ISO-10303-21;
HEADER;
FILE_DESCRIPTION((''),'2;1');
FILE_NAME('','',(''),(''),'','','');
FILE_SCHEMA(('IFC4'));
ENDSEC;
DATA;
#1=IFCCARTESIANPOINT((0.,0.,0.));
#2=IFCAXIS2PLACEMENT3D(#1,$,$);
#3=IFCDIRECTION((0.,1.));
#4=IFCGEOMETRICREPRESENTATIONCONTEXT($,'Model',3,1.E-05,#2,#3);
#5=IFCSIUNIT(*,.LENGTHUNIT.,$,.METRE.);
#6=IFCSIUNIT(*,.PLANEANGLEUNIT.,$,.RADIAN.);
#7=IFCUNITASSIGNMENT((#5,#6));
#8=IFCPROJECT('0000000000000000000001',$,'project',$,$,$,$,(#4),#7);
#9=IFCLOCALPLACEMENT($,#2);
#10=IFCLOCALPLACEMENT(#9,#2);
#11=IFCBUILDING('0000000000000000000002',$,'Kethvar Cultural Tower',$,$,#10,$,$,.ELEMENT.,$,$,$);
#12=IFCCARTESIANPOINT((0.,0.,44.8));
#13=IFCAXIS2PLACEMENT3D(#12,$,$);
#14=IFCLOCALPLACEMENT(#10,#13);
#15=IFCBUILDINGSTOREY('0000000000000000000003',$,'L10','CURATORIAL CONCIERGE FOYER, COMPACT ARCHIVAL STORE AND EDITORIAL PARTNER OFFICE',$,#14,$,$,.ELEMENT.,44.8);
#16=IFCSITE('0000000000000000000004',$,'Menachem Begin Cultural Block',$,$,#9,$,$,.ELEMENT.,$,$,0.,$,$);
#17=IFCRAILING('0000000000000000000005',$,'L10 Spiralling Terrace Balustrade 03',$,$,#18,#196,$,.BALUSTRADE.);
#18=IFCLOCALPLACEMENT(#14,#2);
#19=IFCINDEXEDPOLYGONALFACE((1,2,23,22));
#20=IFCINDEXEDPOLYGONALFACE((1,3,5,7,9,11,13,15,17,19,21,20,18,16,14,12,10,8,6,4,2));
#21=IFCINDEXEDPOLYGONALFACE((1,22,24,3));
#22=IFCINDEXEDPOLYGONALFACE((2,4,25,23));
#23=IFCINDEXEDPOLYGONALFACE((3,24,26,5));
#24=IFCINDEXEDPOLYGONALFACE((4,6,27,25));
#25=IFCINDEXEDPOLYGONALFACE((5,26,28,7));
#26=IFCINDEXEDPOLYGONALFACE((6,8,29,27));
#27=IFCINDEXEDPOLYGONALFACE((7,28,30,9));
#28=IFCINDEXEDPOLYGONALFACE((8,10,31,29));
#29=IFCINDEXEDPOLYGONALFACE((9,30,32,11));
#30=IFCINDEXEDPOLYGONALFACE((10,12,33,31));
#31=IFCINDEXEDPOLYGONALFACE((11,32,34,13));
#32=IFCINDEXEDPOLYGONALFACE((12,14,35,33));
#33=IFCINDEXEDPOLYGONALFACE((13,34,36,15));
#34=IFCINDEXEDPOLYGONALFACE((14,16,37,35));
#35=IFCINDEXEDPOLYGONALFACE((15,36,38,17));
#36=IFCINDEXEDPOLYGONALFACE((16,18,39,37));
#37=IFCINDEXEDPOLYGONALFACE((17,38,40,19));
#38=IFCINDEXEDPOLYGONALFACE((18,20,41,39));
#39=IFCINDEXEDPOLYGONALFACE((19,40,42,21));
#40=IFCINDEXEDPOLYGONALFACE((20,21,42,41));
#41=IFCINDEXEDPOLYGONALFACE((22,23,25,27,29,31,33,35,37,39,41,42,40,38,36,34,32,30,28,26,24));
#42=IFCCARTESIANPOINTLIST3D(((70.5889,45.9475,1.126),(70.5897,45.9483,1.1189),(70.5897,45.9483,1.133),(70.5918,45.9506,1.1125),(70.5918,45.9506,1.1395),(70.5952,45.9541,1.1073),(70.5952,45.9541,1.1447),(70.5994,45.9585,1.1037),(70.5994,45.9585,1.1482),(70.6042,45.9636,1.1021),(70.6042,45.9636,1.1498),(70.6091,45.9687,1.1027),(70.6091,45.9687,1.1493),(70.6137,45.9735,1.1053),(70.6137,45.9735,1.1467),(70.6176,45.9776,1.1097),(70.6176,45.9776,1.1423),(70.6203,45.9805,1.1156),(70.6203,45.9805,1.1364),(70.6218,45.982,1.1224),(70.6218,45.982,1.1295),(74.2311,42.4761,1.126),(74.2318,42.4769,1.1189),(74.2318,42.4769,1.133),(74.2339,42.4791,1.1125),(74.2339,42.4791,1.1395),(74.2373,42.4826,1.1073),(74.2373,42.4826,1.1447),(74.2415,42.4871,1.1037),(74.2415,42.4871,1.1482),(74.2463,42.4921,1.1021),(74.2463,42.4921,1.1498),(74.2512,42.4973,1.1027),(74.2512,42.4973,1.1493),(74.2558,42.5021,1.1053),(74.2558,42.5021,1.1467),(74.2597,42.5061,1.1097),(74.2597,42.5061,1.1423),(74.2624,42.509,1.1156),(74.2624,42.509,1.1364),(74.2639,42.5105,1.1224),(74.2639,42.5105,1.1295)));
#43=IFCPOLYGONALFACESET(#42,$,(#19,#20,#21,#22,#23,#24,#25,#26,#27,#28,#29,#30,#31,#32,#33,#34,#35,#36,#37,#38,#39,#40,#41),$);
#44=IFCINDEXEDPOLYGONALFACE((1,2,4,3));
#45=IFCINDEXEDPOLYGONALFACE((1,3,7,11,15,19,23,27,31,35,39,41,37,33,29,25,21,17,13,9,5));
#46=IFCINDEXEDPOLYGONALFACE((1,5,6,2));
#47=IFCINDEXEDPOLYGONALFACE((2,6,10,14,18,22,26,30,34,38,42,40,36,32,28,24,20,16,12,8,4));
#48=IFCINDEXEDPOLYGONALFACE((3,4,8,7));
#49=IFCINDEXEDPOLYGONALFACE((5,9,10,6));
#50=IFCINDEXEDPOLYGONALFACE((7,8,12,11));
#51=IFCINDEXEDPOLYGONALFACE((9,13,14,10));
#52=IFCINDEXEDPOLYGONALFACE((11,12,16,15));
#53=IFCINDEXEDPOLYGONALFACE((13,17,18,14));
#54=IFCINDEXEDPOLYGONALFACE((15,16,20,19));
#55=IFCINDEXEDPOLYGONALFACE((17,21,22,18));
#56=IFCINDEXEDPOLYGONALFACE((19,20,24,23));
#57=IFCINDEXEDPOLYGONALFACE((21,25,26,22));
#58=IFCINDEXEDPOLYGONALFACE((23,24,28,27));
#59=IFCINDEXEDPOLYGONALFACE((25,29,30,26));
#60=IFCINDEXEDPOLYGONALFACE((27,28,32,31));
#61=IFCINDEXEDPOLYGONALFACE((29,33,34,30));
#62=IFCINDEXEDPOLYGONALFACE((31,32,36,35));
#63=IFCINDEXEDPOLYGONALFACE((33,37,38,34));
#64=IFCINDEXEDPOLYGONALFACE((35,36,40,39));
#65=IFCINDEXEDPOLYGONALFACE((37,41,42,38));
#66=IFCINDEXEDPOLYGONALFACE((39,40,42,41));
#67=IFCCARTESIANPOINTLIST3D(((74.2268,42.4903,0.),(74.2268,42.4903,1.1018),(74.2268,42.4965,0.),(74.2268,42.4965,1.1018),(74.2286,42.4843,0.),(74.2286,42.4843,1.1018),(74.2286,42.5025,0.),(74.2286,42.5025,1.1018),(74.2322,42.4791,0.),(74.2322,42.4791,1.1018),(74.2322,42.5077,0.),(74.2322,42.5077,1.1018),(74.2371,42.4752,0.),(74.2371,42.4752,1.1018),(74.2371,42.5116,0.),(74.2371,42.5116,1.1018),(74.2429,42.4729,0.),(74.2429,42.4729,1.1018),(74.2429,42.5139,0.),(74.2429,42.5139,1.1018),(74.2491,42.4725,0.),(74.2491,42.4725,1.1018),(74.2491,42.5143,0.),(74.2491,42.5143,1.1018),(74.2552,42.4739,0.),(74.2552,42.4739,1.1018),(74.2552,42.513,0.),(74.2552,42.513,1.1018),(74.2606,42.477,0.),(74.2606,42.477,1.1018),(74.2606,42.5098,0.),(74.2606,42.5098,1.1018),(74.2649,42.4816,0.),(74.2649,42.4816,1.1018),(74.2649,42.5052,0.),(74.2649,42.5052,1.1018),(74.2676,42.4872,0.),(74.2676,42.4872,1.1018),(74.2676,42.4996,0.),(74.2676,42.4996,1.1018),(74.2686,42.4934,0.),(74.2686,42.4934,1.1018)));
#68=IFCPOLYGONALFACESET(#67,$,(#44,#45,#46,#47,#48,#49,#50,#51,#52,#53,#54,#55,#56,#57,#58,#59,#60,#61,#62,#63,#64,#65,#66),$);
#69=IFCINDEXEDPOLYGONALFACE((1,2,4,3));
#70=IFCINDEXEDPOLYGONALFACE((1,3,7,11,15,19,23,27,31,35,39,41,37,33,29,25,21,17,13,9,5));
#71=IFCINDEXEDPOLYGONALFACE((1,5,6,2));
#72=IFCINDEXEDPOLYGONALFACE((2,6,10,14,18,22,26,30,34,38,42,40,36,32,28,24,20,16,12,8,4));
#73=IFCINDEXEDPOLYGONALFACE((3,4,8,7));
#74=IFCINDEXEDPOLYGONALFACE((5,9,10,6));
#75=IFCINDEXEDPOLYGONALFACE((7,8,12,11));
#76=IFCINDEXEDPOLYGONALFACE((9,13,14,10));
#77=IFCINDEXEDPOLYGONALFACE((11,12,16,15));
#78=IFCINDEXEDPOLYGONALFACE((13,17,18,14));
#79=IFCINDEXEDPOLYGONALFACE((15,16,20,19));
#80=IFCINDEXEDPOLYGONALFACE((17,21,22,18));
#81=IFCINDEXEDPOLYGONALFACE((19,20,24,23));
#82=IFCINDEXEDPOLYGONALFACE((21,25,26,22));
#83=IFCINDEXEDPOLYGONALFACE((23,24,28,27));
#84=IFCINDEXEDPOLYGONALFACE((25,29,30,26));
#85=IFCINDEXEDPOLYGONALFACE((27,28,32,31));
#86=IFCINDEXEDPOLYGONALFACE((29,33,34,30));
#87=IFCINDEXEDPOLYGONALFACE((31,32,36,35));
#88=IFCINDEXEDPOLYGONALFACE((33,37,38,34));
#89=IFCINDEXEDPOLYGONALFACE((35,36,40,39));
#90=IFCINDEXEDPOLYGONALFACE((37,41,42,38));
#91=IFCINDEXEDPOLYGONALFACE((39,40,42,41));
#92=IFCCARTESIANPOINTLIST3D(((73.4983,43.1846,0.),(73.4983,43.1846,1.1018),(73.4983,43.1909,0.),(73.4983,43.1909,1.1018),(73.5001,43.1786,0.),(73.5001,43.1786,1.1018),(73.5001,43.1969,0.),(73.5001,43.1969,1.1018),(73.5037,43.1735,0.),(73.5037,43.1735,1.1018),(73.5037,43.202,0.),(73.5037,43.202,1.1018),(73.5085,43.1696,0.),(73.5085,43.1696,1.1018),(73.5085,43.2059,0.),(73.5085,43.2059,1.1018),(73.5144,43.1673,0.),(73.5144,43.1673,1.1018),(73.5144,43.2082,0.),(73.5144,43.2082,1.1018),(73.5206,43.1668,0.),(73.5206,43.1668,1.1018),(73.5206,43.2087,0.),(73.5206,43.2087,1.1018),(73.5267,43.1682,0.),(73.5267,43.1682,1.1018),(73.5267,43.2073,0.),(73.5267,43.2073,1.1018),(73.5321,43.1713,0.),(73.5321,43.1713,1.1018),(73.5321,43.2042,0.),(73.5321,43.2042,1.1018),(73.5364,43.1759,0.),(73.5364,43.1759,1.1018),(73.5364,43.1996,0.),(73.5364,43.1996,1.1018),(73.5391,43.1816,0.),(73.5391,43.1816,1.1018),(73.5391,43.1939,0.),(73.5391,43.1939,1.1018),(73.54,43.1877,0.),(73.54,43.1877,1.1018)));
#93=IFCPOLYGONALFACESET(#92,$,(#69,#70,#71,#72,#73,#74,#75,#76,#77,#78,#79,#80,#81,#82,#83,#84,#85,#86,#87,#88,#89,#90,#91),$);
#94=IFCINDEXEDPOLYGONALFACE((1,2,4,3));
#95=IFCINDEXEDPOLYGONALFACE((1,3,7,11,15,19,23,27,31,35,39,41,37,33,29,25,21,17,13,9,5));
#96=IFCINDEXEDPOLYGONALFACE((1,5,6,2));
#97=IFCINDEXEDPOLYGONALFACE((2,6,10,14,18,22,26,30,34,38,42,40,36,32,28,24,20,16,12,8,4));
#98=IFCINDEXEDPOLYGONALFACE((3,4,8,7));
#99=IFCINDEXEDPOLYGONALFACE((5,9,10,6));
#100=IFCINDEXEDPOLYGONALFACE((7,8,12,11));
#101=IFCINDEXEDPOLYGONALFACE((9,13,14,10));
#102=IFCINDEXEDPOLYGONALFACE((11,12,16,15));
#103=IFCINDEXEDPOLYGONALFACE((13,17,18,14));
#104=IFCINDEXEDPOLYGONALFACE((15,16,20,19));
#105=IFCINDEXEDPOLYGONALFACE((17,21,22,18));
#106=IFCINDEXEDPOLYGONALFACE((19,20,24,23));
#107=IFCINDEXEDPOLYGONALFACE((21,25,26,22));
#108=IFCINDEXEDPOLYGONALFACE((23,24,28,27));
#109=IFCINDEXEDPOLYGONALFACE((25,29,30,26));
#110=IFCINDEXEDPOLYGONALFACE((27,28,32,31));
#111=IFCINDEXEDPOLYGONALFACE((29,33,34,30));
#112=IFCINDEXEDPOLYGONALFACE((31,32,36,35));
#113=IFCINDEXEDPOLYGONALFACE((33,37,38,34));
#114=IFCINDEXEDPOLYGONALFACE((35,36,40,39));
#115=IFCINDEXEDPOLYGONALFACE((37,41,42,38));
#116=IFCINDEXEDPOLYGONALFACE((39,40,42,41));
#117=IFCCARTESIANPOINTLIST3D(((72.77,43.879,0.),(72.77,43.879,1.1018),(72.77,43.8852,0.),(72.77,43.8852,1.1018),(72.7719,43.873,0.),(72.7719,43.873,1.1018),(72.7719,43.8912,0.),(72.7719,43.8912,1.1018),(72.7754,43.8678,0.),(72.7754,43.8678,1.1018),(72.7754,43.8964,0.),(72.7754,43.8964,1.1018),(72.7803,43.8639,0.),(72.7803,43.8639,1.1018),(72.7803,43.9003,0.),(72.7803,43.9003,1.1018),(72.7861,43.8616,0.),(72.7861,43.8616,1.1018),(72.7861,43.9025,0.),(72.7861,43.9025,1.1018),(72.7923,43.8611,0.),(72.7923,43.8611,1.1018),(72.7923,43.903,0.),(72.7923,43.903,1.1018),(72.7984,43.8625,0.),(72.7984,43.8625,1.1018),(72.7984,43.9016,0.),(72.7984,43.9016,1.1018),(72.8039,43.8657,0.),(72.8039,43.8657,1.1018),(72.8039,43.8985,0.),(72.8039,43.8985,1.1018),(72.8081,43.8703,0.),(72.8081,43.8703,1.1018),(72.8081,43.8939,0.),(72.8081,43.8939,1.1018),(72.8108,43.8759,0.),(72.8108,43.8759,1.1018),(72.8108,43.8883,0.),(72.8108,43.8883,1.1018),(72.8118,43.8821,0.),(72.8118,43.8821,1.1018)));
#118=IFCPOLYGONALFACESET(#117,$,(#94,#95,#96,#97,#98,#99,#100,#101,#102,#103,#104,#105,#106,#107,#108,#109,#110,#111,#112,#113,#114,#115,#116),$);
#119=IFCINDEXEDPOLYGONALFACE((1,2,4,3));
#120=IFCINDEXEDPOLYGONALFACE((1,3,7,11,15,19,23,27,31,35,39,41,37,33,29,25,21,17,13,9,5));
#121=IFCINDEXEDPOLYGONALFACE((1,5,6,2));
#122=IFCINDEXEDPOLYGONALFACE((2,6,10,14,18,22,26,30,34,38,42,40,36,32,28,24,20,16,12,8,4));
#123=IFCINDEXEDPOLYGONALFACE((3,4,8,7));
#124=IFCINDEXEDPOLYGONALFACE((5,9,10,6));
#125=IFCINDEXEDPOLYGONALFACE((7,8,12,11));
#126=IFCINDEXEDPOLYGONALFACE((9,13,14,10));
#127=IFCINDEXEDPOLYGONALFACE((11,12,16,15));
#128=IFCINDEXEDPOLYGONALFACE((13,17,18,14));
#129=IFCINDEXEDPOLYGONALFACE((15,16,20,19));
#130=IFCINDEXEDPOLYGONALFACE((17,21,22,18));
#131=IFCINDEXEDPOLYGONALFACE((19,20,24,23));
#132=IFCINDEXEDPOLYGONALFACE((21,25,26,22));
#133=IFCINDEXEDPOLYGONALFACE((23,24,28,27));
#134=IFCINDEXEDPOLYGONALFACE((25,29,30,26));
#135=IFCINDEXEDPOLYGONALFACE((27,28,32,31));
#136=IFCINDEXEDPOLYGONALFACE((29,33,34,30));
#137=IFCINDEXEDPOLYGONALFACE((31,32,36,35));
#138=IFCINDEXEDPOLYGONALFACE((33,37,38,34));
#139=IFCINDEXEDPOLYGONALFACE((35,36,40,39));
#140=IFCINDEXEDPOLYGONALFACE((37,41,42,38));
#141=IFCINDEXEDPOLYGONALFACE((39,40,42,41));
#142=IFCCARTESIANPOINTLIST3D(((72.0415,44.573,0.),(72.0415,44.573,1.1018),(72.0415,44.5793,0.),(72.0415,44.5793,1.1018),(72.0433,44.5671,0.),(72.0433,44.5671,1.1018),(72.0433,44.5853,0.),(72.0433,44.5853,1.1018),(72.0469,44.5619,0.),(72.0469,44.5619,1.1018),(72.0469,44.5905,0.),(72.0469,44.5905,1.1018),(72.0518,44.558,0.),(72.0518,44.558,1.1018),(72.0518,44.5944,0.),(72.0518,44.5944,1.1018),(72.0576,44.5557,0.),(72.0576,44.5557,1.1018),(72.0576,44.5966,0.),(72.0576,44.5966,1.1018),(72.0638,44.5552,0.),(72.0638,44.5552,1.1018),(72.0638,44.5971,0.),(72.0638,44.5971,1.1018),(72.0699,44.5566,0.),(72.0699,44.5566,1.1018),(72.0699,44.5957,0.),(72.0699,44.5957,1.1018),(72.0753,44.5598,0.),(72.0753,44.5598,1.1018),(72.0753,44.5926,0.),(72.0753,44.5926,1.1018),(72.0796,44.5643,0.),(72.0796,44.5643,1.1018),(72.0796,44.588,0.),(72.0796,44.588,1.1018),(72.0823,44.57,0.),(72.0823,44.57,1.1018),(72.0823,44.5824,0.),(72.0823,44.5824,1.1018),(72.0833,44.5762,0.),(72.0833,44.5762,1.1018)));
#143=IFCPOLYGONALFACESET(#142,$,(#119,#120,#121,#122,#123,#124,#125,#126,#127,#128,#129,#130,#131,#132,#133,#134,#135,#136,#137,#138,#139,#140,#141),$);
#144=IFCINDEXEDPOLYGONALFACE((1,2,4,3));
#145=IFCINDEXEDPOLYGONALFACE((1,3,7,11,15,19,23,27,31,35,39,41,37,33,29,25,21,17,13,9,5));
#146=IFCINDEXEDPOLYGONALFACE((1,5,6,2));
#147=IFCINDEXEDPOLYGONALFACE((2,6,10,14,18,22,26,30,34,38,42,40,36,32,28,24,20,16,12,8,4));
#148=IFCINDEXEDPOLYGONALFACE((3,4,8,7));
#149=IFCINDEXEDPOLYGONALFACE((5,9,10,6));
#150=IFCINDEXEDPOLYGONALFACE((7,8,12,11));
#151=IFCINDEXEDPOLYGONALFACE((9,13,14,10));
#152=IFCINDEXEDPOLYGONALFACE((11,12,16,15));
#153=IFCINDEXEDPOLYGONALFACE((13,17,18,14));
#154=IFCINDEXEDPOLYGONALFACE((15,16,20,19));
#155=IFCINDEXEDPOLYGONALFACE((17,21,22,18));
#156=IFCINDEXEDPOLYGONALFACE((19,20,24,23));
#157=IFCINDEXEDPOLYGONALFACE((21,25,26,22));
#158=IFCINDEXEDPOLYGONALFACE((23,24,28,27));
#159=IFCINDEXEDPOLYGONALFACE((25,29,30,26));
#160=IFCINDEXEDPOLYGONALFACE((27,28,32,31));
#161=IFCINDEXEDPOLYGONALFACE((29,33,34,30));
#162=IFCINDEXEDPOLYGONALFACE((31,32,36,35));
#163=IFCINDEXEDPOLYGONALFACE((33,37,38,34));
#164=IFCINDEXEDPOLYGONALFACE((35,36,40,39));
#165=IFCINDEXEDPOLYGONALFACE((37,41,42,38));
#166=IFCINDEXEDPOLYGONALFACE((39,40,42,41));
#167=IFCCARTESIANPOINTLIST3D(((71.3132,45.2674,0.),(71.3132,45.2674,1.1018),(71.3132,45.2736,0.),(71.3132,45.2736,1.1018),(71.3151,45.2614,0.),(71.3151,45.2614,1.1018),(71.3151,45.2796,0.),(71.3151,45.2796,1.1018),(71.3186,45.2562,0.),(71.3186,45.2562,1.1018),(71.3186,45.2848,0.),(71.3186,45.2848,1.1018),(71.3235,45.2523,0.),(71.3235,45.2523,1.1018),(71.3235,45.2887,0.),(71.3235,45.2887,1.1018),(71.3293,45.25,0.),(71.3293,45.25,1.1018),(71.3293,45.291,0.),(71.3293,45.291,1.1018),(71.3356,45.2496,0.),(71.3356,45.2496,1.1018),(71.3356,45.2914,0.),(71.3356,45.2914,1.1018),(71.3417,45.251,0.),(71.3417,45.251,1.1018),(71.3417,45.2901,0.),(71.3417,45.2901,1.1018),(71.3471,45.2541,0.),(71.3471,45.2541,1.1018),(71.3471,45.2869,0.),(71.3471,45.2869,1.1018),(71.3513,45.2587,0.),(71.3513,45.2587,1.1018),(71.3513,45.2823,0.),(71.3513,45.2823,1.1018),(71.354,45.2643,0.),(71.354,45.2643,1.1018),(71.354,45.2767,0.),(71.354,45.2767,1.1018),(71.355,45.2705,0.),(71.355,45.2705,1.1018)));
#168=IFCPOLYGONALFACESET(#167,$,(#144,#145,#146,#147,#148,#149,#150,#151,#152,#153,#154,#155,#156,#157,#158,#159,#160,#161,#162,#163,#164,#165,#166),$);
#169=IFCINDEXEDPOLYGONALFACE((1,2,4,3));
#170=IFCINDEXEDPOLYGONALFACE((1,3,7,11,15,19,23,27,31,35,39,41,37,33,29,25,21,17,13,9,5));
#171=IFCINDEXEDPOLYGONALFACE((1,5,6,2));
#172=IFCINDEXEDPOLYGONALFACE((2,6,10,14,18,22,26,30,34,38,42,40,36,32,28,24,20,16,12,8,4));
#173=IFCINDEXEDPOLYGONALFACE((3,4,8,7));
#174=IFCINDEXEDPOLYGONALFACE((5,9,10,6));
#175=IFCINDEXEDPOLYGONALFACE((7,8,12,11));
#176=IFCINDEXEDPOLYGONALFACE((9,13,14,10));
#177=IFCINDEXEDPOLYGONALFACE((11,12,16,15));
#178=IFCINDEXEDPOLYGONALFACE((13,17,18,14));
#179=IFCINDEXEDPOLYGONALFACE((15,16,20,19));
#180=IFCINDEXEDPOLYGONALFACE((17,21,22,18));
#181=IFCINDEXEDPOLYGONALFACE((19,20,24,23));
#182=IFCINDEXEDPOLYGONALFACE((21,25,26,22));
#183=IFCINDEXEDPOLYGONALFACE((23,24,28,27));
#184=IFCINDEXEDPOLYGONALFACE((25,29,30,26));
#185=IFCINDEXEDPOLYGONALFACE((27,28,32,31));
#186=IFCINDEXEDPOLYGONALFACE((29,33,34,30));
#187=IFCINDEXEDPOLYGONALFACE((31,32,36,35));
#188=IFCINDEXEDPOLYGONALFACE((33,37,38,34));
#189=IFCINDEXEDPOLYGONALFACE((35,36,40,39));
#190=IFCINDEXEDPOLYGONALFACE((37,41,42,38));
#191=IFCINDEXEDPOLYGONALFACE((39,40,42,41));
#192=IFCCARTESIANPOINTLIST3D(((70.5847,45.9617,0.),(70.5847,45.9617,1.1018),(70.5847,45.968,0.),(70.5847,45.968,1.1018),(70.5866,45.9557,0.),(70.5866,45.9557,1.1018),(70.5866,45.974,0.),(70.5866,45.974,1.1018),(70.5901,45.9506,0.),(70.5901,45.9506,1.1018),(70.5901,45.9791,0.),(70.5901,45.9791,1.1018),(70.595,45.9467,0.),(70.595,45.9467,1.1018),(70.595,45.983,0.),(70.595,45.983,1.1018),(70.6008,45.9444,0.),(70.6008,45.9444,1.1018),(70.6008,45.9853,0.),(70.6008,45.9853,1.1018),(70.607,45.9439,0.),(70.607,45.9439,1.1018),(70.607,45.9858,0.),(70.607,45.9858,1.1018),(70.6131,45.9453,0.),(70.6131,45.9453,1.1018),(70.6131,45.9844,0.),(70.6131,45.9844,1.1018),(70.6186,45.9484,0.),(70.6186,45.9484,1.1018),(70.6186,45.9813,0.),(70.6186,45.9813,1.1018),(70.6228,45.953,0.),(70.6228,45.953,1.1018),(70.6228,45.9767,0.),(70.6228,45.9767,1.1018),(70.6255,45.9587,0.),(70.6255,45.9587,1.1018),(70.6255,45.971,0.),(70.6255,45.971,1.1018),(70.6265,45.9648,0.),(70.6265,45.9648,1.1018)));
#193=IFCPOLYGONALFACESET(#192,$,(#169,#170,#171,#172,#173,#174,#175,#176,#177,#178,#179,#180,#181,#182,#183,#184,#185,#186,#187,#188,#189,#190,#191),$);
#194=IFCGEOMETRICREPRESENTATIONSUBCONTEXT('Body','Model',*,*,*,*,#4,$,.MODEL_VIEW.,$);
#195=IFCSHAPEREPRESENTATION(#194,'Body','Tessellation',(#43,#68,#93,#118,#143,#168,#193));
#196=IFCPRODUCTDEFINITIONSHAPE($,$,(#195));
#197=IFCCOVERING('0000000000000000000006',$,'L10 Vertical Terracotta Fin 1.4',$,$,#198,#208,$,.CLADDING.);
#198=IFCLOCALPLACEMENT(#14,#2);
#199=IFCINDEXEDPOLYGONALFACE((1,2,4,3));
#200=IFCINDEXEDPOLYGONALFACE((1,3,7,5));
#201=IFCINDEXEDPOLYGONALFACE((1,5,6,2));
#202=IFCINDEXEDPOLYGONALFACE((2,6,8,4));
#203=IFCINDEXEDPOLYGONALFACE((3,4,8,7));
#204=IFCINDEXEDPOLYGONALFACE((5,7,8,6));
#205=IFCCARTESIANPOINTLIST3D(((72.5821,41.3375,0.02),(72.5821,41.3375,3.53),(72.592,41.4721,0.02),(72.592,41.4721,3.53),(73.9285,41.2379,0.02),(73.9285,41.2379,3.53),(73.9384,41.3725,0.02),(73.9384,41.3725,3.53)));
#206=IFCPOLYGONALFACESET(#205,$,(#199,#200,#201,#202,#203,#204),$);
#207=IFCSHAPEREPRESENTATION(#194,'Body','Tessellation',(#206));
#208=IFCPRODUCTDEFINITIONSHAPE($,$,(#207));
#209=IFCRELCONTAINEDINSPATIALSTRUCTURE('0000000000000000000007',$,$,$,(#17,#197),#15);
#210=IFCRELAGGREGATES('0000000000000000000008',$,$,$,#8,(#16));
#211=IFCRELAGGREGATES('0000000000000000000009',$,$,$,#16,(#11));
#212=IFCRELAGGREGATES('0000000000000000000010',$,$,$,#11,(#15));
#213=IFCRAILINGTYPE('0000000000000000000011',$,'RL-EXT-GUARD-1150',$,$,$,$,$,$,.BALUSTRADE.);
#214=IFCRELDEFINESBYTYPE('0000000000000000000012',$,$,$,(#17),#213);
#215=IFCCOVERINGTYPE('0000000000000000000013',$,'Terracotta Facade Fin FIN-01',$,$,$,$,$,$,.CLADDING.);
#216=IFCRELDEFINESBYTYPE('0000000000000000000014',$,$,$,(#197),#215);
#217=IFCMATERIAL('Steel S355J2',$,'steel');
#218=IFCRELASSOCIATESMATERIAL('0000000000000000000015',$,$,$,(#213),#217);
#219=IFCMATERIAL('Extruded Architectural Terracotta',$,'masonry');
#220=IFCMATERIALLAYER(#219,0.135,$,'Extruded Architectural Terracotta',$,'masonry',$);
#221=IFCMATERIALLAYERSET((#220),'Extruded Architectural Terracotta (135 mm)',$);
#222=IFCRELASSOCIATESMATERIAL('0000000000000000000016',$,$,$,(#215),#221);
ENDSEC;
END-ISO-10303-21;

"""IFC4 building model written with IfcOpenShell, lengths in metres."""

from ifc_helpers import new_model, si_unit, direction, frame, origin, origin_2d, place, context, subcontext, project, spatial, rectangle, circle, extrude, source, transform, mapped, material, layer, layer_set, type_object, element, save


model = new_model("IFC4")

# Units and contexts
model_context = context("Model", 3, precision=1e-05, world=origin(), true_north=direction((0.0, 1.0)))
body_context = subcontext(model_context, "Body", "Model", "MODEL_VIEW")
ifc_project = project(units=[si_unit("LENGTHUNIT", "METRE"), si_unit("PLANEANGLEUNIT", "RADIAN")], contexts=[model_context])

# Site, building, storey
site_placement = place(None, origin())
site = spatial("IfcSite", under=ifc_project, at=site_placement, Name="Menachem Begin Cultural Block", CompositionType="ELEMENT", RefElevation=0.0)
building_placement = place(site_placement, origin())
building = spatial("IfcBuilding", under=site, at=building_placement, Name="Kethvar Cultural Tower", CompositionType="ELEMENT")
storey_placement = place(building_placement, frame((0.0, 0.0, 44.8)))
storey = spatial("IfcBuildingStorey", under=building, at=storey_placement, Name="L10", Description="CURATORIAL CONCIERGE FOYER, COMPACT ARCHIVAL STORE AND EDITORIAL PARTNER OFFICE", CompositionType="ELEMENT", Elevation=44.8)

# Shared definitions
ifc_material_1 = material(Name="Steel S355J2", Category="steel")

# Railing
railing_type = type_object("IfcRailingType", Name="RL-EXT-GUARD-1150", PredefinedType="BALUSTRADE", material=ifc_material_1)
railing_1_placement = place(storey_placement, frame((74.2476, 42.4934, 0.0)))
element("IfcRailing", 1, at=railing_1_placement, inside=storey, type_object=railing_type, Name="L10 Spiralling Terrace Balustrade 03", PredefinedType="BALUSTRADE", context=body_context, shape_type="SweptSolid", body=[
    extrude(circle(Radius=0.0239, at=origin_2d()), frame((0.0, 0.0, 1.126), z_axis=(-0.723862, 0.689945, 0.0), x_axis=(-0.689945, -0.723862, 0.0)), (0.0, 0.0, 1.0), 5.0315),
    extrude(circle(Radius=0.021, at=origin_2d()), origin(), (0.0, 0.0, 1.0), 1.1018),
    extrude(circle(Radius=0.021, at=origin_2d()), frame((-0.7285, 0.6943, 0.0)), (0.0, 0.0, 1.0), 1.1018),
    extrude(circle(Radius=0.021, at=origin_2d()), frame((-1.4568, 1.3887, 0.0)), (0.0, 0.0, 1.0), 1.1018),
    extrude(circle(Radius=0.021, at=origin_2d()), frame((-2.1853, 2.0828, 0.0)), (0.0, 0.0, 1.0), 1.1018),
    extrude(circle(Radius=0.021, at=origin_2d()), frame((-2.9136, 2.7771, 0.0)), (0.0, 0.0, 1.0), 1.1018),
    extrude(circle(Radius=0.021, at=origin_2d()), frame((-3.6421, 3.4714, 0.0)), (0.0, 0.0, 1.0), 1.1018),
])

# Covering
ifc_material_2 = material(Name="Extruded Architectural Terracotta", Category="masonry")
ifc_layer_1 = layer(ifc_material_2, 0.135, Name="Extruded Architectural Terracotta", Category="masonry")
ifc_layer_set_1 = layer_set([ifc_layer_1], Name="Extruded Architectural Terracotta (135 mm)")
covering_type_1 = type_object("IfcCoveringType", Name="Terracotta Facade Fin FIN-01", PredefinedType="CLADDING", material=ifc_layer_set_1)
shared_shape_1 = source(origin(), body_context, "Body", "SweptSolid", [
    extrude(rectangle(XDim=1.3501, YDim=0.135, at=origin_2d()), origin(), (0.0, 0.0, 1.0), 3.51),
])
for number, where, z_axis, x_axis, name in (
    (2, (73.2603, 41.355, 0.02), (0.0, 0.0, 1.0), (0.997276, -0.07376, 0.0), "L10 Vertical Terracotta Fin 1.4"),
):
    element("IfcCovering", number, at=place(storey_placement, frame(where, z_axis=z_axis, x_axis=x_axis)), inside=storey, type_object=covering_type_1, Name=name, PredefinedType="CLADDING", context=body_context, shape_type="MappedRepresentation", body=[
        mapped(shared_shape_1, transform((0.0, 0.0, 0.0), scale=1.0)),
    ])

save(model, "model.ifc")
